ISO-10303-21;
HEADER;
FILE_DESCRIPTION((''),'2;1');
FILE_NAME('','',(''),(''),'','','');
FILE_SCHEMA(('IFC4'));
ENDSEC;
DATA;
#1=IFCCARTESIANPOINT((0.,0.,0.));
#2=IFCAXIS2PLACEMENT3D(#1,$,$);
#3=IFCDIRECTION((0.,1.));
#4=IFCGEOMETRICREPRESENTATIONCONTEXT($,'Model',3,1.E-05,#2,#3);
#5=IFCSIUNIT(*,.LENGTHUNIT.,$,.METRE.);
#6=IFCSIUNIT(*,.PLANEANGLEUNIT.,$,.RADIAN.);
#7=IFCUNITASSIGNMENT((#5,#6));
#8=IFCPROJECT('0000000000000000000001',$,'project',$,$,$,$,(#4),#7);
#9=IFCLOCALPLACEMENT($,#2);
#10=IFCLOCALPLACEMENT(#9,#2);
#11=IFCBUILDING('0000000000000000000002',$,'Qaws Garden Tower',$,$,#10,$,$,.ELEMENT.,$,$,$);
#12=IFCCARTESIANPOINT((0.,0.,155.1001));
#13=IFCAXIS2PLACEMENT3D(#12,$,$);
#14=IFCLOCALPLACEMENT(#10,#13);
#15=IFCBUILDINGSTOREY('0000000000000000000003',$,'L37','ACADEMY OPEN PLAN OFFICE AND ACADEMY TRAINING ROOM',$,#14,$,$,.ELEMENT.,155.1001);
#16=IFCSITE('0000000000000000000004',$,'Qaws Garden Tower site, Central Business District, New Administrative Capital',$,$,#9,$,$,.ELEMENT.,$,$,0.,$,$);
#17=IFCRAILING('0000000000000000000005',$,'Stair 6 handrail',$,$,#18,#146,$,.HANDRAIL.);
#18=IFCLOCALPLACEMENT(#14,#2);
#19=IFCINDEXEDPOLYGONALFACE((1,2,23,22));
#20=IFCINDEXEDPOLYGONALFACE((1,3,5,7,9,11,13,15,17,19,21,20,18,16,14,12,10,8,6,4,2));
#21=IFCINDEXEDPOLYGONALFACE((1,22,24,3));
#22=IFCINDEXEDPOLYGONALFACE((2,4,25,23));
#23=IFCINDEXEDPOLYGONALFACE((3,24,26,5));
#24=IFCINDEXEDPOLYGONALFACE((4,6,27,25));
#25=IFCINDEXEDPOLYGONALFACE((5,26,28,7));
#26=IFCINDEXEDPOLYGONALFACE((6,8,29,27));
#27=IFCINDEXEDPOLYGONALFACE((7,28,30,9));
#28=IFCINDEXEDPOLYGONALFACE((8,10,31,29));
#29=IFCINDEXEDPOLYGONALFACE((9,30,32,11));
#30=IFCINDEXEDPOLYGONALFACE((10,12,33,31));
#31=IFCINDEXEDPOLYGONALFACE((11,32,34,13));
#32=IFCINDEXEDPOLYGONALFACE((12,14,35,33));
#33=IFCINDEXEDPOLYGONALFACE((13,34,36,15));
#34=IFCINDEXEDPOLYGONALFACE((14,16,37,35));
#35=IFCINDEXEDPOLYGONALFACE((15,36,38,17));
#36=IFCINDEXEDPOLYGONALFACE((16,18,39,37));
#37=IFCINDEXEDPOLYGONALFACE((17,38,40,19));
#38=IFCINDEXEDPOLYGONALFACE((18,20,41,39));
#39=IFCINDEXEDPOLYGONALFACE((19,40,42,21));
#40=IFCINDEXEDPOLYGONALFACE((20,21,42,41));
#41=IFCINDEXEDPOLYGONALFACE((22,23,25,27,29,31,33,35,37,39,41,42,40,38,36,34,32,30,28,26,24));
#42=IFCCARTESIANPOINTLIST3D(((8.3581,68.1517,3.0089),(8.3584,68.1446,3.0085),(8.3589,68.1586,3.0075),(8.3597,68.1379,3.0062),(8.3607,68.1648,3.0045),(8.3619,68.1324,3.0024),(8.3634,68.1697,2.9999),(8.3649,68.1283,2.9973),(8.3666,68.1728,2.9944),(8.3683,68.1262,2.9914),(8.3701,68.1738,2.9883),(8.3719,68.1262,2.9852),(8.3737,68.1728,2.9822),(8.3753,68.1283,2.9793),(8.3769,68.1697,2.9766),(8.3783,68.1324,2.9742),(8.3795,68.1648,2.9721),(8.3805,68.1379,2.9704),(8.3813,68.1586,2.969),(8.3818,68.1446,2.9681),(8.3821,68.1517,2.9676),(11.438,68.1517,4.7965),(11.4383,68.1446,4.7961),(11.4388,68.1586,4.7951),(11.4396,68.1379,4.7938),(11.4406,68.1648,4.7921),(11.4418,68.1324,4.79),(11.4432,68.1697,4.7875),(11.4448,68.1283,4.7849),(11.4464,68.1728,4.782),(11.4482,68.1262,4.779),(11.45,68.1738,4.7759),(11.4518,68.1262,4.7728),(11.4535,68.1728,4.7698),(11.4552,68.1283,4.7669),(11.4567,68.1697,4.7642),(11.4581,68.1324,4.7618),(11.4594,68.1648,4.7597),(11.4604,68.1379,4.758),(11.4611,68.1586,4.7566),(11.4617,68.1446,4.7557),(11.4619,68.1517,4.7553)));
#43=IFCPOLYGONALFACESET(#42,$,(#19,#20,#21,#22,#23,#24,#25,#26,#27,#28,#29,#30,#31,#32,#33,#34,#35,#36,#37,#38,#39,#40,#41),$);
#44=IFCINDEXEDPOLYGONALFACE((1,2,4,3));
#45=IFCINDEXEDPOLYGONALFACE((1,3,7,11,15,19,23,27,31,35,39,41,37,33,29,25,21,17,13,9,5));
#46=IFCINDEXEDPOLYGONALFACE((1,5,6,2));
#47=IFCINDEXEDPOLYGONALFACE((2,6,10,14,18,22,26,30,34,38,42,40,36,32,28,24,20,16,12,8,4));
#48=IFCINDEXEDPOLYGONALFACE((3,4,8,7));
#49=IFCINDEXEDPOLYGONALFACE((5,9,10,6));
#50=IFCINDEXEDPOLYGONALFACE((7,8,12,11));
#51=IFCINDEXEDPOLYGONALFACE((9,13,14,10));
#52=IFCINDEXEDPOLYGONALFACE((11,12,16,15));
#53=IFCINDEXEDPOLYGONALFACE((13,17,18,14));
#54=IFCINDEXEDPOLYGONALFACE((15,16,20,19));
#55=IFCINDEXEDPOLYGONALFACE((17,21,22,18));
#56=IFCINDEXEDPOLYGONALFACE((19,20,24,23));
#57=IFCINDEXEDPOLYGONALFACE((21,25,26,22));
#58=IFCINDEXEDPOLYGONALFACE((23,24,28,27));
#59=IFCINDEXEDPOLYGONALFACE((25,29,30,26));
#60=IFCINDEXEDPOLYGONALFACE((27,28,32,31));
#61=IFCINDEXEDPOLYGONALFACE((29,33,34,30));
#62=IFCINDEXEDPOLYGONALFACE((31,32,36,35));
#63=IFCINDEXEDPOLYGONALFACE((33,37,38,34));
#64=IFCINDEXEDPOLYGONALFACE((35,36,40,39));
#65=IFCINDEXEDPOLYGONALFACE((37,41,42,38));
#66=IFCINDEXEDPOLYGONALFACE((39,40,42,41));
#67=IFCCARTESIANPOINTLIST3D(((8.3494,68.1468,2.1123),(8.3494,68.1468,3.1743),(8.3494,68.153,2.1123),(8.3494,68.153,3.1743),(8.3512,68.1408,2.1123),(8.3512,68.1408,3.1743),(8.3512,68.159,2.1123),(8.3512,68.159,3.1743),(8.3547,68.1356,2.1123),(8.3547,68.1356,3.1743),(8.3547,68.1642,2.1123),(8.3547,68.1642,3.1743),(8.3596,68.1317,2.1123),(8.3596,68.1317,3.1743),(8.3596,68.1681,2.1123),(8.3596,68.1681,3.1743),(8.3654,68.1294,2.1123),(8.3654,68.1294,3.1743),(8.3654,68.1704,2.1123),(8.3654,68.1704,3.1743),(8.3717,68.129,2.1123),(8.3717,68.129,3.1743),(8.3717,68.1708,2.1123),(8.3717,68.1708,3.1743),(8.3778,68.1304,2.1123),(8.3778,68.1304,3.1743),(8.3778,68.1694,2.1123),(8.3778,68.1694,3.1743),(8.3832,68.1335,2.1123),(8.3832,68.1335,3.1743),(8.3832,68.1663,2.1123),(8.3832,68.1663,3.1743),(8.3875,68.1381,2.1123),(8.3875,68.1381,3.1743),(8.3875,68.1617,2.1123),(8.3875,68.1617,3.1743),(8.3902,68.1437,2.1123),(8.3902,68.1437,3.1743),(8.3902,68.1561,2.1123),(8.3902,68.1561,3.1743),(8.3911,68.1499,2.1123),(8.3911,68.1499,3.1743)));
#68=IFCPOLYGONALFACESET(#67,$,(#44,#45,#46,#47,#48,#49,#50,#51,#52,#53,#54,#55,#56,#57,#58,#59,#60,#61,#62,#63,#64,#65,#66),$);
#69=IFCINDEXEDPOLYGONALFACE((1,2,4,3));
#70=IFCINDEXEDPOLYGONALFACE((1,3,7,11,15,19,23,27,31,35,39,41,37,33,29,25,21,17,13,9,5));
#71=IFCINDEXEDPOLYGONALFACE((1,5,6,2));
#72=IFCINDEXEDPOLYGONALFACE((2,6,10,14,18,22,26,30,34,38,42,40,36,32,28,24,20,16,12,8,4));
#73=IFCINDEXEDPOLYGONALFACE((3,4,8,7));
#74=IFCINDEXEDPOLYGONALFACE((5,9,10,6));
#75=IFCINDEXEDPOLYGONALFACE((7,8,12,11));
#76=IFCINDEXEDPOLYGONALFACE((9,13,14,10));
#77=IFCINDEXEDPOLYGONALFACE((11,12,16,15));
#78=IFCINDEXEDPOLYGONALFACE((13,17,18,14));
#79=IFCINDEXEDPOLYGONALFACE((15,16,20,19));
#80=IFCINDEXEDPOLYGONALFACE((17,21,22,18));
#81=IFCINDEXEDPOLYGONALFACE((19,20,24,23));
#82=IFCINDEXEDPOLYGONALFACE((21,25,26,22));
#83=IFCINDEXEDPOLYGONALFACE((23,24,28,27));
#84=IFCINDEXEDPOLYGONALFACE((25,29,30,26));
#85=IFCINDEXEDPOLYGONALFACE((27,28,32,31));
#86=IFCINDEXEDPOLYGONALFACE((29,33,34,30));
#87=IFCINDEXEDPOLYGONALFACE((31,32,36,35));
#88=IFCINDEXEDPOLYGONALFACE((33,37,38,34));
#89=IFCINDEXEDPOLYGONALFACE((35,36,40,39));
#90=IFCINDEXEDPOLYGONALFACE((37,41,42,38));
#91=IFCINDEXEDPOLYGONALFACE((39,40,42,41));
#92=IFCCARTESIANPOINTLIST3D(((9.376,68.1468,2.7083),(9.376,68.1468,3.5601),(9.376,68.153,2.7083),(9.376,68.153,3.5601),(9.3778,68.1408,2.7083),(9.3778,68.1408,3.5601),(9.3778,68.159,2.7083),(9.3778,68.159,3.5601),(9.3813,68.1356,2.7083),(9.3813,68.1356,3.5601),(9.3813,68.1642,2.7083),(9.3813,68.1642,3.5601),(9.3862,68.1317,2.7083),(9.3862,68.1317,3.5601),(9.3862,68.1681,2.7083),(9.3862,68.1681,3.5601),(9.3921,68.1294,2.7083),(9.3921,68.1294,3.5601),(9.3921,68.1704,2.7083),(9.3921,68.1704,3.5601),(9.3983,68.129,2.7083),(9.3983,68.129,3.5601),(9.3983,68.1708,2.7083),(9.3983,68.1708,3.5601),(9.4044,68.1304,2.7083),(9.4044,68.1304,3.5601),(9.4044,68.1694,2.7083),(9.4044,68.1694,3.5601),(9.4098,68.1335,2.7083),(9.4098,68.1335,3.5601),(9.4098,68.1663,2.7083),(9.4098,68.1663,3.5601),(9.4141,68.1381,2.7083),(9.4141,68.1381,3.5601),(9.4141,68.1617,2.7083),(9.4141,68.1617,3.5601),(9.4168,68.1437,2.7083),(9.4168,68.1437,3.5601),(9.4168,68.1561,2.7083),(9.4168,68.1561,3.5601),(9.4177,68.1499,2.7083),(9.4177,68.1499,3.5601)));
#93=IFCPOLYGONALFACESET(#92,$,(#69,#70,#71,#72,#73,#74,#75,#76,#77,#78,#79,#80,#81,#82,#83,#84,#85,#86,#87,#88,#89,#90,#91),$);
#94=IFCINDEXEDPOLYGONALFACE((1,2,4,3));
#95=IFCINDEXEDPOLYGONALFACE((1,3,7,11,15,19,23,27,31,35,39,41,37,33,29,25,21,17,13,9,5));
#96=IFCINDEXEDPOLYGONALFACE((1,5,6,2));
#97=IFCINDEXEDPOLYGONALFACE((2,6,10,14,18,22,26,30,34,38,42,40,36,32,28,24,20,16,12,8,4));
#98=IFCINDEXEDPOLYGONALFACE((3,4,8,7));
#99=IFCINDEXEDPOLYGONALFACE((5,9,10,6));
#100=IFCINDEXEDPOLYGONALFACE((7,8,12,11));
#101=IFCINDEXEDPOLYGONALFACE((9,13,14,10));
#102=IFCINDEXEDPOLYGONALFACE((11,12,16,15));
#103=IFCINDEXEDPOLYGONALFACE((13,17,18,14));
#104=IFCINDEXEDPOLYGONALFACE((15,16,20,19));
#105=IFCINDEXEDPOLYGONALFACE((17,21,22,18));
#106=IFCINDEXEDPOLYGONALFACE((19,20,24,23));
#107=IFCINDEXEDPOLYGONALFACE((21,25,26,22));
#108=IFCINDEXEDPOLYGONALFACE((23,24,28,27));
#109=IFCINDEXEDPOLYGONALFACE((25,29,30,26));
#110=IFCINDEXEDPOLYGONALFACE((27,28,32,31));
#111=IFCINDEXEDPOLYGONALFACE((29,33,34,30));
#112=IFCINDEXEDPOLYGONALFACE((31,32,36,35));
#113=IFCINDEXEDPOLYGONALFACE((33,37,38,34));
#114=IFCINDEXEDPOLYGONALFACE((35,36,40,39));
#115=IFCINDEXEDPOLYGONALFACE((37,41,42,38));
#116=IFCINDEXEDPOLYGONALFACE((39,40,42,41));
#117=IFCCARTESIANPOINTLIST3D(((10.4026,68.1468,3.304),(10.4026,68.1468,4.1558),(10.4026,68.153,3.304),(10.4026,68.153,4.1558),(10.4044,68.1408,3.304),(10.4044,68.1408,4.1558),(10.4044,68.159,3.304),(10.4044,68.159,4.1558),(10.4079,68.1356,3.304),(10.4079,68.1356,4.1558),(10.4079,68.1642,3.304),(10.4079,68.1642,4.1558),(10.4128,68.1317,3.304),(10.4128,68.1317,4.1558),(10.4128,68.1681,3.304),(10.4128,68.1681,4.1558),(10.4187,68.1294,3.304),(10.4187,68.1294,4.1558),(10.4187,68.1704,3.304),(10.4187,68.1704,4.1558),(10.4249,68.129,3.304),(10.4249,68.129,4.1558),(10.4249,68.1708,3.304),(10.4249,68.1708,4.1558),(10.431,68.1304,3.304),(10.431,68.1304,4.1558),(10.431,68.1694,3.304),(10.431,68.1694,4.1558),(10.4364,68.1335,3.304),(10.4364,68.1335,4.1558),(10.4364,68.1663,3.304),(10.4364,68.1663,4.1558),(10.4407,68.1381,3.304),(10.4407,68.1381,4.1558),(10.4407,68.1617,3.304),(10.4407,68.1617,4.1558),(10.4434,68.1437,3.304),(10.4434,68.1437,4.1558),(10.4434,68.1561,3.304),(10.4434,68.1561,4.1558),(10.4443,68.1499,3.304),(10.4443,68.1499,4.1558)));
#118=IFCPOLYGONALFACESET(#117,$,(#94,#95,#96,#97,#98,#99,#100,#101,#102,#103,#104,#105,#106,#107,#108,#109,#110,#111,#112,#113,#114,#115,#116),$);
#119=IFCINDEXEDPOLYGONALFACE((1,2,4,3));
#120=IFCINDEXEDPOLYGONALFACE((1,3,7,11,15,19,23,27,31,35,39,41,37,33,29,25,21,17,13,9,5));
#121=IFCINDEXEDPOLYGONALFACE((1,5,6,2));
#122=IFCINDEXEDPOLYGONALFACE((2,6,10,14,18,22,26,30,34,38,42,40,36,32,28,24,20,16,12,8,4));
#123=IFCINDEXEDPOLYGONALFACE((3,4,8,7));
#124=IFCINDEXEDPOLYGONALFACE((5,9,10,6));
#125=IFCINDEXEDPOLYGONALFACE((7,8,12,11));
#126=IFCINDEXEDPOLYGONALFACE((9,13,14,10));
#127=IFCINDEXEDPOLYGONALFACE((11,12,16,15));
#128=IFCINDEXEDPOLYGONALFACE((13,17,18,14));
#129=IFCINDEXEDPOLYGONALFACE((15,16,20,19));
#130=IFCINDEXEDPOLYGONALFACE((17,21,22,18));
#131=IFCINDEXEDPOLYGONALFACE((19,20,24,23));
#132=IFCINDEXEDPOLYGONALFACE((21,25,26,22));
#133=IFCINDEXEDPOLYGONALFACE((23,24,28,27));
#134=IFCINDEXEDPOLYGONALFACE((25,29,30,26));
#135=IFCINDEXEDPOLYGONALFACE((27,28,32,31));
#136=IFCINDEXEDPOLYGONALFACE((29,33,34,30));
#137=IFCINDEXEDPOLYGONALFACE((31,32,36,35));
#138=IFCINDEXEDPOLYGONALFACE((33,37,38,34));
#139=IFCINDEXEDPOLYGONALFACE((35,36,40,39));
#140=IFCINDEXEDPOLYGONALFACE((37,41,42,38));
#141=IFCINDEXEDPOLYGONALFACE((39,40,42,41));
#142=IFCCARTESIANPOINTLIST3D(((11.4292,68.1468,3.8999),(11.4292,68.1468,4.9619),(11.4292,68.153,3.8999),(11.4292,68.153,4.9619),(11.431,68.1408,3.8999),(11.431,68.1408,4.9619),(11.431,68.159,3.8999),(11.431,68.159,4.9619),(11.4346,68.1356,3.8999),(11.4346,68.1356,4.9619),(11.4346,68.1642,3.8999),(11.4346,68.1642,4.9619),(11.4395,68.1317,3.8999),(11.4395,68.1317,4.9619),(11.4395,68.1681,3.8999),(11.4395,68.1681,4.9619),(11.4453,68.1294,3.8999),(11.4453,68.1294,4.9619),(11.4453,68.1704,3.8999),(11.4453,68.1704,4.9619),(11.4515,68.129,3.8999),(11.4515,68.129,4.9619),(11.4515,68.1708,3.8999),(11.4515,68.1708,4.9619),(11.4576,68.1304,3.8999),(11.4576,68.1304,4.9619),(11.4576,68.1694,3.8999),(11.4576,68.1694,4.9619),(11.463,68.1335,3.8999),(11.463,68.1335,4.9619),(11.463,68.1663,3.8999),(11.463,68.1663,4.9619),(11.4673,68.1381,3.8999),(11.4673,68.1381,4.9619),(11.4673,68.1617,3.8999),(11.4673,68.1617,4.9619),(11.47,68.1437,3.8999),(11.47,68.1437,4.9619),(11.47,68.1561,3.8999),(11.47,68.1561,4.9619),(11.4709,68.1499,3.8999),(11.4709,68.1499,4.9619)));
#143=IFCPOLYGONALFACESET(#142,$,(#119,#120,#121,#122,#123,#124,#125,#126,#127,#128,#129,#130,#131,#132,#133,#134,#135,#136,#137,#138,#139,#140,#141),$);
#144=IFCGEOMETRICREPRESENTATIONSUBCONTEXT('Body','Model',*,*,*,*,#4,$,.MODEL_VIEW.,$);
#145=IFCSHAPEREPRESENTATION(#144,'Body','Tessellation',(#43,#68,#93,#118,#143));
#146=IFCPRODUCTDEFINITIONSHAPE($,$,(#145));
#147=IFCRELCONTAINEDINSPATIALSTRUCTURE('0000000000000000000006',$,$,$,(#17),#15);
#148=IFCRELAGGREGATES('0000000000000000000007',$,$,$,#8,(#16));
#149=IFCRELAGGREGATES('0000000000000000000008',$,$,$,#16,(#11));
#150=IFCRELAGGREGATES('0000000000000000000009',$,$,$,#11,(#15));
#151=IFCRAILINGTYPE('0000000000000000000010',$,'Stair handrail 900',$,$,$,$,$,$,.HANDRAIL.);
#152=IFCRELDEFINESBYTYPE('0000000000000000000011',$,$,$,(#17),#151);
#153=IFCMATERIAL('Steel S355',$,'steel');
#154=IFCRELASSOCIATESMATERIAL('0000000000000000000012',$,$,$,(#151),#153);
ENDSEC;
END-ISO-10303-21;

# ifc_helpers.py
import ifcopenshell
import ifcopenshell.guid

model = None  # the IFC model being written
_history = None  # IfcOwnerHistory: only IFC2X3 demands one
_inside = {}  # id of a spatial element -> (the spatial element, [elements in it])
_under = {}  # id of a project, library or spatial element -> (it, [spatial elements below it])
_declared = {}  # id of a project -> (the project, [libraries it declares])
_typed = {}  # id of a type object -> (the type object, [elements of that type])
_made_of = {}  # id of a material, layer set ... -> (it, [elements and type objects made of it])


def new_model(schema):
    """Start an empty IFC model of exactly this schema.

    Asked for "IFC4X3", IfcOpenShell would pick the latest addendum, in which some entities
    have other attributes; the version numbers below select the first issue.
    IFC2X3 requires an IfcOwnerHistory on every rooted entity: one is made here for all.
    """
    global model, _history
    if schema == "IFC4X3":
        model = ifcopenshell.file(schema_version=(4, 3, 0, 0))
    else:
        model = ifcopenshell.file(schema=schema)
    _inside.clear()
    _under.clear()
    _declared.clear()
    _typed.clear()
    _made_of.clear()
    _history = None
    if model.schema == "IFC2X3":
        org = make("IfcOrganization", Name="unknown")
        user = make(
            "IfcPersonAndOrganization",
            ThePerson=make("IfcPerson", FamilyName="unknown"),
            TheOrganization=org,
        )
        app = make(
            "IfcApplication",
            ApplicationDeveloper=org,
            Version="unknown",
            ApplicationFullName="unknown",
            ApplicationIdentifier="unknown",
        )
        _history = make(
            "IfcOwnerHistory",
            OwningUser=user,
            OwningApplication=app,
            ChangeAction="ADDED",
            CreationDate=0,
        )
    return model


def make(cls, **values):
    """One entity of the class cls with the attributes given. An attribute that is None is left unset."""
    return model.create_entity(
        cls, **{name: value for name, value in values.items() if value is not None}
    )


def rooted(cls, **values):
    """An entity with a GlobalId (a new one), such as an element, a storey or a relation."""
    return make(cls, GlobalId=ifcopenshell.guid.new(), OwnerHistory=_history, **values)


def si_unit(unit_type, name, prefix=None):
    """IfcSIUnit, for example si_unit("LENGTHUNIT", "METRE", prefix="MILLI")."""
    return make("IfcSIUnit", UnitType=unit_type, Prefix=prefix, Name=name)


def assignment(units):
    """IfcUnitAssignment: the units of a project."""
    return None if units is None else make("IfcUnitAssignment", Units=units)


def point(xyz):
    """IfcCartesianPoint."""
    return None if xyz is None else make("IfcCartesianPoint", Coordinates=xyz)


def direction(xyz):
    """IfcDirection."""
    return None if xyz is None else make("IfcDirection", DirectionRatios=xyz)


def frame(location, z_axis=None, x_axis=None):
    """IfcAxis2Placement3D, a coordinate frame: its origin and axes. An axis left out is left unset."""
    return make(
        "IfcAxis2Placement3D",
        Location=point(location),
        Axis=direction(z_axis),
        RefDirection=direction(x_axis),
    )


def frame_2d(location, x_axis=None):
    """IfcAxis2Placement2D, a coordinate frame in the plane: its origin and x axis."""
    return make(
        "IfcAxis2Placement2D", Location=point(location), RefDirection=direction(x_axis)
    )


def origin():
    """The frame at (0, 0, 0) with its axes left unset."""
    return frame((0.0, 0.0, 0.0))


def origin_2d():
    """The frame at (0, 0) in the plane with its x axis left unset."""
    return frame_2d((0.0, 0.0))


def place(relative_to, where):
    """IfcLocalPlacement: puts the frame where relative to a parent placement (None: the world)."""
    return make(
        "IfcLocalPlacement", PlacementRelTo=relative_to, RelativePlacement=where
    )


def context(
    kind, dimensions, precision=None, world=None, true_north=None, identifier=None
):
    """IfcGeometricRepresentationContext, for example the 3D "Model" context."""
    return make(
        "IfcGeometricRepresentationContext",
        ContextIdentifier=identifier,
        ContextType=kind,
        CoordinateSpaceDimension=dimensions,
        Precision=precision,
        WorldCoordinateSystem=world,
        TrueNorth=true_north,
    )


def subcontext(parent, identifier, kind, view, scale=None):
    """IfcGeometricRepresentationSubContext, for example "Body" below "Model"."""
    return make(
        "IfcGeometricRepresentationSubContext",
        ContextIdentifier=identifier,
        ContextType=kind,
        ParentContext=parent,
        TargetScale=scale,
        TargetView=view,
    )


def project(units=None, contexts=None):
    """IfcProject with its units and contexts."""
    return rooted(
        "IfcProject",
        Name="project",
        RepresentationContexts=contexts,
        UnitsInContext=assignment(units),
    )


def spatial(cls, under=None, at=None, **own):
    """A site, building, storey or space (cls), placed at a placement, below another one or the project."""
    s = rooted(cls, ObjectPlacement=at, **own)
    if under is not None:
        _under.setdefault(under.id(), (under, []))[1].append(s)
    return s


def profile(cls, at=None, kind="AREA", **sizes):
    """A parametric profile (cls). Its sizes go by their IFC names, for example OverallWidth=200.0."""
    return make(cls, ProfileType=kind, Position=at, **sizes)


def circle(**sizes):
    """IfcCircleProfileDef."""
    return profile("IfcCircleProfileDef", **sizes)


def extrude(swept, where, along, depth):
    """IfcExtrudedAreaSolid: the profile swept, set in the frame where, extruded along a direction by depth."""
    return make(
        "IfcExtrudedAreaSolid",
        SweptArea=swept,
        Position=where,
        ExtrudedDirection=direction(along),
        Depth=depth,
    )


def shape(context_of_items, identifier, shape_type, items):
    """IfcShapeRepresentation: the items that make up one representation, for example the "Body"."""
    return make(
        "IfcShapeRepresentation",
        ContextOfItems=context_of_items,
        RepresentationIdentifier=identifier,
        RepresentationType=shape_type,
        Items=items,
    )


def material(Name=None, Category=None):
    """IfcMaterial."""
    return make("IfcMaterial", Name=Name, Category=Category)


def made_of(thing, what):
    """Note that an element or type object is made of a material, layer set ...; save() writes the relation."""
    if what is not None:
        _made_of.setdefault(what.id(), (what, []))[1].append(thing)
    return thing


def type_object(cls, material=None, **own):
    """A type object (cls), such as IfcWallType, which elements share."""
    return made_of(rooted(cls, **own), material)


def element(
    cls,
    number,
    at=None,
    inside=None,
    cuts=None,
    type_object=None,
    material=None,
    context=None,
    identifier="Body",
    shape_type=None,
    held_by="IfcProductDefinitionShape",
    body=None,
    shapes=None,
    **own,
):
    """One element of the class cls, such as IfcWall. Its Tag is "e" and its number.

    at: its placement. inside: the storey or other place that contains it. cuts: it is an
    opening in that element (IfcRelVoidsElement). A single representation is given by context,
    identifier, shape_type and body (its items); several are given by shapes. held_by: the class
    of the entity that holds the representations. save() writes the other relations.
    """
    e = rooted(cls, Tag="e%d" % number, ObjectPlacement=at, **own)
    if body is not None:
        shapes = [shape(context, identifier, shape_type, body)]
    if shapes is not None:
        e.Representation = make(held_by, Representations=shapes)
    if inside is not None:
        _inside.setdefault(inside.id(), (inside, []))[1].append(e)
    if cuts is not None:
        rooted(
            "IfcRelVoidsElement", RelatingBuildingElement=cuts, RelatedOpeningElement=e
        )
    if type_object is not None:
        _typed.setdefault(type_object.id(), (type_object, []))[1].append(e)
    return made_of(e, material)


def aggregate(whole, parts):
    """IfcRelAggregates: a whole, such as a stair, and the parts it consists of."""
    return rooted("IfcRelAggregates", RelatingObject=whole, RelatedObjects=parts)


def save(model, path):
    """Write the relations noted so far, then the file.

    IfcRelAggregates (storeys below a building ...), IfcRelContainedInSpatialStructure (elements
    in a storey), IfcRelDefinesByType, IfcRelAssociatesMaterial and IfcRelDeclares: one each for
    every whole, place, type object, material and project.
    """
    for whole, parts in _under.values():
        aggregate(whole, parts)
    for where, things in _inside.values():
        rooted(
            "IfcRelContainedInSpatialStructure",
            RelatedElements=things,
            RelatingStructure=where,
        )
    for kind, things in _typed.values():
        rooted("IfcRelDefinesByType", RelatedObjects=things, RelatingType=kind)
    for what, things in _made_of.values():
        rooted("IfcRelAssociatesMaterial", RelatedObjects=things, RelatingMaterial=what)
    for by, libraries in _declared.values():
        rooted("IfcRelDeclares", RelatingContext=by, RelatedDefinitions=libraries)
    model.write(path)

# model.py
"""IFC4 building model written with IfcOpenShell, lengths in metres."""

from ifc_helpers import new_model, si_unit, direction, frame, origin, origin_2d, place, context, subcontext, project, spatial, circle, extrude, material, type_object, element, save


model = new_model("IFC4")

# Units and contexts
model_context = context("Model", 3, precision=1e-05, world=origin(), true_north=direction((0.0, 1.0)))
body_context = subcontext(model_context, "Body", "Model", "MODEL_VIEW")
ifc_project = project(units=[si_unit("LENGTHUNIT", "METRE"), si_unit("PLANEANGLEUNIT", "RADIAN")], contexts=[model_context])

# Site, building, storey
site_placement = place(None, origin())
site = spatial("IfcSite", under=ifc_project, at=site_placement, Name="Qaws Garden Tower site, Central Business District, New Administrative Capital", CompositionType="ELEMENT", RefElevation=0.0)
building_placement = place(site_placement, origin())
building = spatial("IfcBuilding", under=site, at=building_placement, Name="Qaws Garden Tower", CompositionType="ELEMENT")
storey_placement = place(building_placement, frame((0.0, 0.0, 155.1001)))
storey = spatial("IfcBuildingStorey", under=building, at=storey_placement, Name="L37", Description="ACADEMY OPEN PLAN OFFICE AND ACADEMY TRAINING ROOM", CompositionType="ELEMENT", Elevation=155.1001)

# Railing
ifc_material_1 = material(Name="Steel S355", Category="steel")
railing_type = type_object("IfcRailingType", Name="Stair handrail 900", PredefinedType="HANDRAIL", material=ifc_material_1)
railing_1_placement = place(storey_placement, frame((8.3701, 68.1499, 2.1123)))
element("IfcRailing", 1, at=railing_1_placement, inside=storey, type_object=railing_type, Name="Stair 6 handrail", PredefinedType="HANDRAIL", context=body_context, shape_type="SweptSolid", body=[
    extrude(circle(Radius=0.0239, at=origin_2d()), frame((0.0, 0.0, 0.876), z_axis=(0.864873, 0.0, 0.50199), x_axis=(0.0, 1.0, 0.0)), (0.0, 0.0, 1.0), 3.561),
    extrude(circle(Radius=0.021, at=origin_2d()), origin(), (0.0, 0.0, 1.0), 1.062),
    extrude(circle(Radius=0.021, at=origin_2d()), frame((1.0266, 0.0, 0.5959)), (0.0, 0.0, 1.0), 0.8518),
    extrude(circle(Radius=0.021, at=origin_2d()), frame((2.0532, 0.0, 1.1917)), (0.0, 0.0, 1.0), 0.8518),
    extrude(circle(Radius=0.021, at=origin_2d()), frame((3.0798, 0.0, 1.7876)), (0.0, 0.0, 1.0), 1.062),
])

save(model, "model.ifc")
